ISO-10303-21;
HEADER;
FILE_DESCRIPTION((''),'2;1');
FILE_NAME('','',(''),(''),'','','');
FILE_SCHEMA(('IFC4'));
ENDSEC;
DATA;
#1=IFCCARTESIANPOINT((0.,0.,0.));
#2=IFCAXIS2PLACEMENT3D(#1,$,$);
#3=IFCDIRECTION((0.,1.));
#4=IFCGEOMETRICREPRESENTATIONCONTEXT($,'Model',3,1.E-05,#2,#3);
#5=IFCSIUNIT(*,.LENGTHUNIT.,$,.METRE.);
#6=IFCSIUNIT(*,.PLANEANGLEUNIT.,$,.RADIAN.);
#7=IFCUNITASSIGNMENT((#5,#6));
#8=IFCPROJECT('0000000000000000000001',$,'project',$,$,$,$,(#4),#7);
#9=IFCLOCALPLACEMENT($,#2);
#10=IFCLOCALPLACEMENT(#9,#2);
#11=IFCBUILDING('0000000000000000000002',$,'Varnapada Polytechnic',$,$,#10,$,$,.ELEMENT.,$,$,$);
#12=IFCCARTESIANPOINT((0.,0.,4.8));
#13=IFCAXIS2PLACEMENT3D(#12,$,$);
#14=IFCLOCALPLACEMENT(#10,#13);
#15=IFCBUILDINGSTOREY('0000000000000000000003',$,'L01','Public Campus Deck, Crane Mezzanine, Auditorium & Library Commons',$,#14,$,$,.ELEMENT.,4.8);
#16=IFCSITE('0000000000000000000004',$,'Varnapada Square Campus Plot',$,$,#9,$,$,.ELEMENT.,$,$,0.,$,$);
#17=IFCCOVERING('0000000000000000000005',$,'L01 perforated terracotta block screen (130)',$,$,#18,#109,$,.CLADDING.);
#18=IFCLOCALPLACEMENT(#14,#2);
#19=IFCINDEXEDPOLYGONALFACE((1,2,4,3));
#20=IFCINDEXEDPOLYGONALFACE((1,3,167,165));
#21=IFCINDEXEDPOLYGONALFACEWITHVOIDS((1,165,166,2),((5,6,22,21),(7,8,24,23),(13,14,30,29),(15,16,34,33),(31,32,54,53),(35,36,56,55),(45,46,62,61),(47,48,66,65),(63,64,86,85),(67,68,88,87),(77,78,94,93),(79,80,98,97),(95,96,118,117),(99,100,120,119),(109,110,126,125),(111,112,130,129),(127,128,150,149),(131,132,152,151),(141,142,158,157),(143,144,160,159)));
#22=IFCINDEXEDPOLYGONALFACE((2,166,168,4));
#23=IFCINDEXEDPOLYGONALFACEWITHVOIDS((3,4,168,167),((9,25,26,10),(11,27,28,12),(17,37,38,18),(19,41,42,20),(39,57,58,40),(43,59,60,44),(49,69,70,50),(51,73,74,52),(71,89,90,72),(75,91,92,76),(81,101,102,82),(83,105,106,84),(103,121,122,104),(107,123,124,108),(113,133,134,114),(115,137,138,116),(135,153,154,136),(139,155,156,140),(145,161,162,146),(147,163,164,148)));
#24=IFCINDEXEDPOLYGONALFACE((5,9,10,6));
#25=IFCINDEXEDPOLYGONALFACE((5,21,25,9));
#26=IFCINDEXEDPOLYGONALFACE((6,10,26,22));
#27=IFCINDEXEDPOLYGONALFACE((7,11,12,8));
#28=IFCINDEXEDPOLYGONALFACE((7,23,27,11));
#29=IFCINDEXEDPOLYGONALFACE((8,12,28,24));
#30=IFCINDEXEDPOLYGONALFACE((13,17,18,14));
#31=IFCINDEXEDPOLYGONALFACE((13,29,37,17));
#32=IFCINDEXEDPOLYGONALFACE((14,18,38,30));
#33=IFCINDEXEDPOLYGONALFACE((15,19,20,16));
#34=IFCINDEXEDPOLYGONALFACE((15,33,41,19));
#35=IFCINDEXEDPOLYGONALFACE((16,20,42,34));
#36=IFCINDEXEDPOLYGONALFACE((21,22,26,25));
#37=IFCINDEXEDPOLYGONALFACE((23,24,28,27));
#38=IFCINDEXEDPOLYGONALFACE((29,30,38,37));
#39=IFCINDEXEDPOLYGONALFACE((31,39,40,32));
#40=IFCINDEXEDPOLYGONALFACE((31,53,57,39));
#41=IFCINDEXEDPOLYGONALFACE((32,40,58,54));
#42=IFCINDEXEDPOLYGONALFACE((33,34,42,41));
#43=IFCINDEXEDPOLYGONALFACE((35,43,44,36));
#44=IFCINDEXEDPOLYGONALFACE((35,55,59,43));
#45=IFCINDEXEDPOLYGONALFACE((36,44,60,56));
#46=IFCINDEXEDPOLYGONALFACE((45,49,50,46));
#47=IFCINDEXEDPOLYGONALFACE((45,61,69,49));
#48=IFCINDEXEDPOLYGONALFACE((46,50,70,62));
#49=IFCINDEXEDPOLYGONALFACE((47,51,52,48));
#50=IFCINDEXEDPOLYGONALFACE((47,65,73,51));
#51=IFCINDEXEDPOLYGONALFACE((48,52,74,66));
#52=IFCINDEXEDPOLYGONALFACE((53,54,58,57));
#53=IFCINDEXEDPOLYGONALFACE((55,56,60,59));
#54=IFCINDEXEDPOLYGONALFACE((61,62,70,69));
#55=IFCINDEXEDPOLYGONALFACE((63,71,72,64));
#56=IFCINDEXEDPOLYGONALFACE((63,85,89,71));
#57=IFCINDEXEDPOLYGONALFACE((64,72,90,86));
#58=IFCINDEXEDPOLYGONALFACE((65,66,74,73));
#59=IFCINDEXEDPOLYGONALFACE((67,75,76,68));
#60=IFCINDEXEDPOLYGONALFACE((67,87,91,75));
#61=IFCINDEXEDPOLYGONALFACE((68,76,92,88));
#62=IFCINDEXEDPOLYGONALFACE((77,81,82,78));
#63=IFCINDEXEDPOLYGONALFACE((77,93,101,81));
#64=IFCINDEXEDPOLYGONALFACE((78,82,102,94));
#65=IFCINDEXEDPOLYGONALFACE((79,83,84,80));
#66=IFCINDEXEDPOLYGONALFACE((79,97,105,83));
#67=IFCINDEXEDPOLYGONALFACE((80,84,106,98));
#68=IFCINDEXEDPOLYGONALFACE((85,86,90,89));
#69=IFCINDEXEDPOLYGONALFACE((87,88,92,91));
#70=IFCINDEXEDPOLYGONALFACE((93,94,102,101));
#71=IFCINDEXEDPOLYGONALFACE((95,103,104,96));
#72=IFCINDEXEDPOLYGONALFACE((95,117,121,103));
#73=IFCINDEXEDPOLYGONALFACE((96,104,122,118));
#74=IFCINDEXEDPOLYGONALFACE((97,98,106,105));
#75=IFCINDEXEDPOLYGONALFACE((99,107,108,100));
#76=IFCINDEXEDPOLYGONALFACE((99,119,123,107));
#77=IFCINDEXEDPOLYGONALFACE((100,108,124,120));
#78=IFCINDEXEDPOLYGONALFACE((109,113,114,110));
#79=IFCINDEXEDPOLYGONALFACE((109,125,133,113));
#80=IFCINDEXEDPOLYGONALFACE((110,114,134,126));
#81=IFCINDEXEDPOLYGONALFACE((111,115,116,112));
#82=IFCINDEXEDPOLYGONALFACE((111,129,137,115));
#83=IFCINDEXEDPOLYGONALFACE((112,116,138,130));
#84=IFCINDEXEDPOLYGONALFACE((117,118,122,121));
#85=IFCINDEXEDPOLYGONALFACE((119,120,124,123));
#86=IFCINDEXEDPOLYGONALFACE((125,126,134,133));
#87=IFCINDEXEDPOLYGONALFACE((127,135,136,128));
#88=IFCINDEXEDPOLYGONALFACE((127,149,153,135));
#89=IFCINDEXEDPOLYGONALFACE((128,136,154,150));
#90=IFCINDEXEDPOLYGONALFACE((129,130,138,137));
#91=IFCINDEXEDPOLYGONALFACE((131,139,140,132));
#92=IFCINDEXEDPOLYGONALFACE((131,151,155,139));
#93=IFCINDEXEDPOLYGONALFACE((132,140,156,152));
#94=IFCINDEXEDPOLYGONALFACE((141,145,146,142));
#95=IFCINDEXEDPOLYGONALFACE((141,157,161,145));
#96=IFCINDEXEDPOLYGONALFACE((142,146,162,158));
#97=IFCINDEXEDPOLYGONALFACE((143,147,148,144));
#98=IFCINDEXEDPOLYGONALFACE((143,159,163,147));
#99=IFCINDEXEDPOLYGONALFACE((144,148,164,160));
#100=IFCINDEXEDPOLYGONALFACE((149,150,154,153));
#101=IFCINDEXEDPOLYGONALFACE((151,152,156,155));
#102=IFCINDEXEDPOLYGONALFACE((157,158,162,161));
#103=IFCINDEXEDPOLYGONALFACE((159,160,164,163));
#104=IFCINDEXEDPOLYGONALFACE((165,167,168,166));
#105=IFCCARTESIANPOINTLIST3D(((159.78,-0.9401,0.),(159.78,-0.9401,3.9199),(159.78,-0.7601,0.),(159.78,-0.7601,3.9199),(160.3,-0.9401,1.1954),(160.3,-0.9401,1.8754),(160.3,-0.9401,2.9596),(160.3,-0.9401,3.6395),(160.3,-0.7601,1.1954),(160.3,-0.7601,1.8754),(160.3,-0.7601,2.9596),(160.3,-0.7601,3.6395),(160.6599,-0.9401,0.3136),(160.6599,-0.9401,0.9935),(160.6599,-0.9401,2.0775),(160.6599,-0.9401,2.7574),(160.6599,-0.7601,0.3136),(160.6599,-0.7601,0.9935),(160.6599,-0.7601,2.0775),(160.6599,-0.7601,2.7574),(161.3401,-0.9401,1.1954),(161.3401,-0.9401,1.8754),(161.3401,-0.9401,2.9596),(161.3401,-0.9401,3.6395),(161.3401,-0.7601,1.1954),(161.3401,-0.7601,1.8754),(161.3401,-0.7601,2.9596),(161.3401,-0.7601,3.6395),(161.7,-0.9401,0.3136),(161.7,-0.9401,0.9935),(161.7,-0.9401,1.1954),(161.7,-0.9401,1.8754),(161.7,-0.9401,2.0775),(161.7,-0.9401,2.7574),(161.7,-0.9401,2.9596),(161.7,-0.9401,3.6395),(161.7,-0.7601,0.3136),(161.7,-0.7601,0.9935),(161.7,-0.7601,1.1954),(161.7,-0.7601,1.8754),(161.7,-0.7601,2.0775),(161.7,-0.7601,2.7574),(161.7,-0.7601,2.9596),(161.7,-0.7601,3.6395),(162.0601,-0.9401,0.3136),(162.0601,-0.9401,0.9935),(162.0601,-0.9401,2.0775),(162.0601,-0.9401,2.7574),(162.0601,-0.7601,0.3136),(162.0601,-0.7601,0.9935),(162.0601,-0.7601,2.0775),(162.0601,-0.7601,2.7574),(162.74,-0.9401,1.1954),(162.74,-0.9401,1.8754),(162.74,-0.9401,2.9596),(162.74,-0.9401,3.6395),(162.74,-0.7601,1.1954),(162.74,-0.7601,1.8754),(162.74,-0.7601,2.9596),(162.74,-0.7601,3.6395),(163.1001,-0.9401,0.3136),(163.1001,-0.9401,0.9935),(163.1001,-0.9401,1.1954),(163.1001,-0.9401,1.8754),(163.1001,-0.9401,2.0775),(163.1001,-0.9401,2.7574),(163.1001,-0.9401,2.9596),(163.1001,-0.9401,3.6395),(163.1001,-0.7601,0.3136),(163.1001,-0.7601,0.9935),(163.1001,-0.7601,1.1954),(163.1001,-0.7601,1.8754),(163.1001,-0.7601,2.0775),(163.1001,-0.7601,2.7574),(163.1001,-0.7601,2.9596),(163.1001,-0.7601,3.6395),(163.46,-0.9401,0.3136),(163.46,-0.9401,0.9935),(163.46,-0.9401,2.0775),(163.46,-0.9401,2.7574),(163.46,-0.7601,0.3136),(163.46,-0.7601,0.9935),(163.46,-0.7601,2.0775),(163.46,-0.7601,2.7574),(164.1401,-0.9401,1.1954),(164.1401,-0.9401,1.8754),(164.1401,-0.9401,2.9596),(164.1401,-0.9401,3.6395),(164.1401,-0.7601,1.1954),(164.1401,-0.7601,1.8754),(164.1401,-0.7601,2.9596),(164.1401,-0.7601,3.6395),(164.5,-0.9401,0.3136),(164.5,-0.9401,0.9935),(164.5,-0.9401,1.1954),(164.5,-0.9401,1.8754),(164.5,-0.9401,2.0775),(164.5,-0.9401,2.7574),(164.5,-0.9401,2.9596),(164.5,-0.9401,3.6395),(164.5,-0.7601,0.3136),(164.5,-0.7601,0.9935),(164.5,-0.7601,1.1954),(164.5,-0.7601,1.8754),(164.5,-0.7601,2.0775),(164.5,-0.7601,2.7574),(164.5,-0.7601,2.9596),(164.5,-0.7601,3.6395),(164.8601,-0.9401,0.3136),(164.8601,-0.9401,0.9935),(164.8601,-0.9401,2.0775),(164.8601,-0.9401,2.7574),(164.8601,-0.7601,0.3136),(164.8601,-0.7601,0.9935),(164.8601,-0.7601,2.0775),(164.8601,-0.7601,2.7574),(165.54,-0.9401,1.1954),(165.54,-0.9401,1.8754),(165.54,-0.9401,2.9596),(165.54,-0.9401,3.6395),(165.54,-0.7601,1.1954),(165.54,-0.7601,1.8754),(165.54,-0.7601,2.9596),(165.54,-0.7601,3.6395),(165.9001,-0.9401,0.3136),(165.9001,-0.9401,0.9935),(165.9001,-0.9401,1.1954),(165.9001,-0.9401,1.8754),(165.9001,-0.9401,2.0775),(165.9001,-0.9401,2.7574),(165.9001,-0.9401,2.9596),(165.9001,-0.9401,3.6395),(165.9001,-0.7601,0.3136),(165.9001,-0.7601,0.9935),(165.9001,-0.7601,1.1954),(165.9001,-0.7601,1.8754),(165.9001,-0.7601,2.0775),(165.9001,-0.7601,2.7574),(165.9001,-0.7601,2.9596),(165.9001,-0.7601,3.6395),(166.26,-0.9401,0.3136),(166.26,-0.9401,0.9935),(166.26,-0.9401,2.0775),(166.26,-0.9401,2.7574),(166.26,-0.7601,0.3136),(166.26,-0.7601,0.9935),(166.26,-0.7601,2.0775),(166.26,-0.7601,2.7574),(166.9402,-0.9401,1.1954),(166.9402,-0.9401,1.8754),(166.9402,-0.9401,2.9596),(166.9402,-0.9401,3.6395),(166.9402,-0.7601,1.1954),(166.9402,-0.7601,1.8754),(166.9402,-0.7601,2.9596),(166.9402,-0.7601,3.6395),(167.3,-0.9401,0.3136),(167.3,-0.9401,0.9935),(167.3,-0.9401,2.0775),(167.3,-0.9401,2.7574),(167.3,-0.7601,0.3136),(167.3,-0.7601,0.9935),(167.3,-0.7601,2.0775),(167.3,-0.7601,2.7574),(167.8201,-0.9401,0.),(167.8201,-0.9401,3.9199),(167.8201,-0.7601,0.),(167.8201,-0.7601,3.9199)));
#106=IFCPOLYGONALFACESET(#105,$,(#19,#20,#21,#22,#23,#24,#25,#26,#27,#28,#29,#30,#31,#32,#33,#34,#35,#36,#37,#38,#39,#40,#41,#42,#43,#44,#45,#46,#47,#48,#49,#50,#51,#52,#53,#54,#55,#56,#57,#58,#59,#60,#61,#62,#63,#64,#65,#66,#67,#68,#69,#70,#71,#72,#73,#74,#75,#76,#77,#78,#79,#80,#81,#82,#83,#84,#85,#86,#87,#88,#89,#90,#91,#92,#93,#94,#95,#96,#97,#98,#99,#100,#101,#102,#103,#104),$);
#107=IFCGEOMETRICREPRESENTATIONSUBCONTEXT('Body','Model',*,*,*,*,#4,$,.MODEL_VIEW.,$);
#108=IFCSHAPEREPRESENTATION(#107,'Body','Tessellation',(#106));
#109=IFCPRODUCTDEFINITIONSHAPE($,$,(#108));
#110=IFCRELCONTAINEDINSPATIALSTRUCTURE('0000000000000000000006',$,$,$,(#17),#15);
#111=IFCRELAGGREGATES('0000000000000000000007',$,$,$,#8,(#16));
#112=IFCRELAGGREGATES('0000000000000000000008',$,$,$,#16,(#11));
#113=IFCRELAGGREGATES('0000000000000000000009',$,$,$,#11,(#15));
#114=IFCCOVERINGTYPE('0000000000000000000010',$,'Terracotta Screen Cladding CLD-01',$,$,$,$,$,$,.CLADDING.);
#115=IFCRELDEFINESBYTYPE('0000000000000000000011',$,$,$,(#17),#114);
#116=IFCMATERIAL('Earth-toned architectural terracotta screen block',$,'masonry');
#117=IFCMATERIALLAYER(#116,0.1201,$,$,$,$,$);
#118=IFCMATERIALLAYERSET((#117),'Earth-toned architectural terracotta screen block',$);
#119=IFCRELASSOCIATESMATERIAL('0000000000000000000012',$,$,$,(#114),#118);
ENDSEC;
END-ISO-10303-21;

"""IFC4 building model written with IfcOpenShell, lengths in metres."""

from ifc_helpers import new_model, si_unit, direction, frame, frame_2d, origin, place, context, subcontext, project, spatial, rectangle, extrude, material, layer, layer_set, type_object, element, save


model = new_model("IFC4")

# Units and contexts
model_context = context("Model", 3, precision=1e-05, world=origin(), true_north=direction((0.0, 1.0)))
body_context = subcontext(model_context, "Body", "Model", "MODEL_VIEW")
ifc_project = project(units=[si_unit("LENGTHUNIT", "METRE"), si_unit("PLANEANGLEUNIT", "RADIAN")], contexts=[model_context])

# Site, building, storey
site_placement = place(None, origin())
site = spatial("IfcSite", under=ifc_project, at=site_placement, Name="Varnapada Square Campus Plot", CompositionType="ELEMENT", RefElevation=0.0)
building_placement = place(site_placement, origin())
building = spatial("IfcBuilding", under=site, at=building_placement, Name="Varnapada Polytechnic", CompositionType="ELEMENT")
storey_placement = place(building_placement, frame((0.0, 0.0, 4.8)))
storey = spatial("IfcBuildingStorey", under=building, at=storey_placement, Name="L01", Description="Public Campus Deck, Crane Mezzanine, Auditorium & Library Commons", CompositionType="ELEMENT", Elevation=4.8)

# Covering, openings
ifc_material_1 = material(Name="Earth-toned architectural terracotta screen block", Category="masonry")
ifc_layer_1 = layer(ifc_material_1, 0.1201)
ifc_layer_set_1 = layer_set([ifc_layer_1], Name="Earth-toned architectural terracotta screen block")
covering_type = type_object("IfcCoveringType", Name="Terracotta Screen Cladding CLD-01", PredefinedType="CLADDING", material=ifc_layer_set_1)
covering_placement = place(storey_placement, frame((167.8201, -0.8501, 0.0), z_axis=(0.0, 0.0, 1.0), x_axis=(-1.0, 0.0, 0.0)))
covering = element("IfcCovering", 1, at=covering_placement, inside=storey, type_object=covering_type, Name="L01 perforated terracotta block screen (130)", PredefinedType="CLADDING", context=body_context, shape_type="SweptSolid", body=[
    extrude(rectangle(XDim=8.04, YDim=0.1799, at=frame_2d((4.02, 0.0))), origin(), (0.0, 0.0, 1.0), 3.9199),
])
opening_1_placement = place(covering_placement, frame((0.52, 0.0, 0.3137)))
element("IfcOpeningElement", 2, at=opening_1_placement, cuts=covering, PredefinedType="OPENING", context=body_context, shape_type="SweptSolid", body=[
    extrude(rectangle(XDim=1.04, YDim=0.6799, at=frame_2d((0.52, 0.3398))), frame((0.0, 0.0999, 0.0), z_axis=(0.0, -1.0, 0.0), x_axis=(1.0, 0.0, 0.0)), (0.0, 0.0, 1.0), 0.2),
])
opening_2_placement = place(covering_placement, frame((1.9199, 0.0, 0.3137)))
element("IfcOpeningElement", 3, at=opening_2_placement, cuts=covering, PredefinedType="OPENING", context=body_context, shape_type="SweptSolid", body=[
    extrude(rectangle(XDim=1.04, YDim=0.6799, at=frame_2d((0.52, 0.3398))), frame((0.0, 0.0999, 0.0), z_axis=(0.0, -1.0, 0.0), x_axis=(1.0, 0.0, 0.0)), (0.0, 0.0, 1.0), 0.2),
])
opening_3_placement = place(covering_placement, frame((3.3201, 0.0, 0.3137)))
element("IfcOpeningElement", 4, at=opening_3_placement, cuts=covering, PredefinedType="OPENING", context=body_context, shape_type="SweptSolid", body=[
    extrude(rectangle(XDim=1.04, YDim=0.6799, at=frame_2d((0.52, 0.3398))), frame((0.0, 0.0999, 0.0), z_axis=(0.0, -1.0, 0.0), x_axis=(1.0, 0.0, 0.0)), (0.0, 0.0, 1.0), 0.2),
])
opening_4_placement = place(covering_placement, frame((4.72, 0.0, 0.3137)))
element("IfcOpeningElement", 5, at=opening_4_placement, cuts=covering, PredefinedType="OPENING", context=body_context, shape_type="SweptSolid", body=[
    extrude(rectangle(XDim=1.04, YDim=0.6799, at=frame_2d((0.52, 0.3398))), frame((0.0, 0.0999, 0.0), z_axis=(0.0, -1.0, 0.0), x_axis=(1.0, 0.0, 0.0)), (0.0, 0.0, 1.0), 0.2),
])
opening_5_placement = place(covering_placement, frame((6.1201, 0.0, 0.3137)))
element("IfcOpeningElement", 6, at=opening_5_placement, cuts=covering, PredefinedType="OPENING", context=body_context, shape_type="SweptSolid", body=[
    extrude(rectangle(XDim=1.04, YDim=0.6799, at=frame_2d((0.52, 0.3398))), frame((0.0, 0.0999, 0.0), z_axis=(0.0, -1.0, 0.0), x_axis=(1.0, 0.0, 0.0)), (0.0, 0.0, 1.0), 0.2),
])
opening_6_placement = place(covering_placement, frame((0.8799, 0.0, 1.1956)))
element("IfcOpeningElement", 7, at=opening_6_placement, cuts=covering, PredefinedType="OPENING", context=body_context, shape_type="SweptSolid", body=[
    extrude(rectangle(XDim=1.04, YDim=0.6799, at=frame_2d((0.52, 0.3398))), frame((0.0, 0.0999, 0.0), z_axis=(0.0, -1.0, 0.0), x_axis=(1.0, 0.0, 0.0)), (0.0, 0.0, 1.0), 0.2),
])
opening_7_placement = place(covering_placement, frame((2.28, 0.0, 1.1956)))
element("IfcOpeningElement", 8, at=opening_7_placement, cuts=covering, PredefinedType="OPENING", context=body_context, shape_type="SweptSolid", body=[
    extrude(rectangle(XDim=1.04, YDim=0.6799, at=frame_2d((0.52, 0.3398))), frame((0.0, 0.0999, 0.0), z_axis=(0.0, -1.0, 0.0), x_axis=(1.0, 0.0, 0.0)), (0.0, 0.0, 1.0), 0.2),
])
opening_8_placement = place(covering_placement, frame((3.6799, 0.0, 1.1956)))
element("IfcOpeningElement", 9, at=opening_8_placement, cuts=covering, PredefinedType="OPENING", context=body_context, shape_type="SweptSolid", body=[
    extrude(rectangle(XDim=1.04, YDim=0.6799, at=frame_2d((0.52, 0.3398))), frame((0.0, 0.0999, 0.0), z_axis=(0.0, -1.0, 0.0), x_axis=(1.0, 0.0, 0.0)), (0.0, 0.0, 1.0), 0.2),
])
opening_9_placement = place(covering_placement, frame((5.0801, 0.0, 1.1956)))
element("IfcOpeningElement", 10, at=opening_9_placement, cuts=covering, PredefinedType="OPENING", context=body_context, shape_type="SweptSolid", body=[
    extrude(rectangle(XDim=1.04, YDim=0.6799, at=frame_2d((0.52, 0.3398))), frame((0.0, 0.0999, 0.0), z_axis=(0.0, -1.0, 0.0), x_axis=(1.0, 0.0, 0.0)), (0.0, 0.0, 1.0), 0.2),
])
opening_10_placement = place(covering_placement, frame((6.48, 0.0, 1.1956)))
element("IfcOpeningElement", 11, at=opening_10_placement, cuts=covering, PredefinedType="OPENING", context=body_context, shape_type="SweptSolid", body=[
    extrude(rectangle(XDim=1.04, YDim=0.6799, at=frame_2d((0.52, 0.3398))), frame((0.0, 0.0999, 0.0), z_axis=(0.0, -1.0, 0.0), x_axis=(1.0, 0.0, 0.0)), (0.0, 0.0, 1.0), 0.2),
])
opening_11_placement = place(covering_placement, frame((0.52, 0.0, 2.0776)))
element("IfcOpeningElement", 12, at=opening_11_placement, cuts=covering, PredefinedType="OPENING", context=body_context, shape_type="SweptSolid", body=[
    extrude(rectangle(XDim=1.04, YDim=0.6799, at=frame_2d((0.52, 0.3398))), frame((0.0, 0.0999, 0.0), z_axis=(0.0, -1.0, 0.0), x_axis=(1.0, 0.0, 0.0)), (0.0, 0.0, 1.0), 0.2),
])
opening_12_placement = place(covering_placement, frame((1.9199, 0.0, 2.0776)))
element("IfcOpeningElement", 13, at=opening_12_placement, cuts=covering, PredefinedType="OPENING", context=body_context, shape_type="SweptSolid", body=[
    extrude(rectangle(XDim=1.04, YDim=0.6799, at=frame_2d((0.52, 0.3398))), frame((0.0, 0.0999, 0.0), z_axis=(0.0, -1.0, 0.0), x_axis=(1.0, 0.0, 0.0)), (0.0, 0.0, 1.0), 0.2),
])
opening_13_placement = place(covering_placement, frame((3.3201, 0.0, 2.0776)))
element("IfcOpeningElement", 14, at=opening_13_placement, cuts=covering, PredefinedType="OPENING", context=body_context, shape_type="SweptSolid", body=[
    extrude(rectangle(XDim=1.04, YDim=0.6799, at=frame_2d((0.52, 0.3398))), frame((0.0, 0.0999, 0.0), z_axis=(0.0, -1.0, 0.0), x_axis=(1.0, 0.0, 0.0)), (0.0, 0.0, 1.0), 0.2),
])
opening_14_placement = place(covering_placement, frame((4.72, 0.0, 2.0776)))
element("IfcOpeningElement", 15, at=opening_14_placement, cuts=covering, PredefinedType="OPENING", context=body_context, shape_type="SweptSolid", body=[
    extrude(rectangle(XDim=1.04, YDim=0.6799, at=frame_2d((0.52, 0.3398))), frame((0.0, 0.0999, 0.0), z_axis=(0.0, -1.0, 0.0), x_axis=(1.0, 0.0, 0.0)), (0.0, 0.0, 1.0), 0.2),
])
opening_15_placement = place(covering_placement, frame((6.1201, 0.0, 2.0776)))
element("IfcOpeningElement", 16, at=opening_15_placement, cuts=covering, PredefinedType="OPENING", context=body_context, shape_type="SweptSolid", body=[
    extrude(rectangle(XDim=1.04, YDim=0.6799, at=frame_2d((0.52, 0.3398))), frame((0.0, 0.0999, 0.0), z_axis=(0.0, -1.0, 0.0), x_axis=(1.0, 0.0, 0.0)), (0.0, 0.0, 1.0), 0.2),
])
opening_16_placement = place(covering_placement, frame((0.8799, 0.0, 2.9597)))
element("IfcOpeningElement", 17, at=opening_16_placement, cuts=covering, PredefinedType="OPENING", context=body_context, shape_type="SweptSolid", body=[
    extrude(rectangle(XDim=1.04, YDim=0.6799, at=frame_2d((0.52, 0.3398))), frame((0.0, 0.0999, 0.0), z_axis=(0.0, -1.0, 0.0), x_axis=(1.0, 0.0, 0.0)), (0.0, 0.0, 1.0), 0.2),
])
opening_17_placement = place(covering_placement, frame((2.28, 0.0, 2.9597)))
element("IfcOpeningElement", 18, at=opening_17_placement, cuts=covering, PredefinedType="OPENING", context=body_context, shape_type="SweptSolid", body=[
    extrude(rectangle(XDim=1.04, YDim=0.6799, at=frame_2d((0.52, 0.3398))), frame((0.0, 0.0999, 0.0), z_axis=(0.0, -1.0, 0.0), x_axis=(1.0, 0.0, 0.0)), (0.0, 0.0, 1.0), 0.2),
])
opening_18_placement = place(covering_placement, frame((3.6799, 0.0, 2.9597)))
element("IfcOpeningElement", 19, at=opening_18_placement, cuts=covering, PredefinedType="OPENING", context=body_context, shape_type="SweptSolid", body=[
    extrude(rectangle(XDim=1.04, YDim=0.6799, at=frame_2d((0.52, 0.3398))), frame((0.0, 0.0999, 0.0), z_axis=(0.0, -1.0, 0.0), x_axis=(1.0, 0.0, 0.0)), (0.0, 0.0, 1.0), 0.2),
])
opening_19_placement = place(covering_placement, frame((5.0801, 0.0, 2.9597)))
element("IfcOpeningElement", 20, at=opening_19_placement, cuts=covering, PredefinedType="OPENING", context=body_context, shape_type="SweptSolid", body=[
    extrude(rectangle(XDim=1.04, YDim=0.6799, at=frame_2d((0.52, 0.3398))), frame((0.0, 0.0999, 0.0), z_axis=(0.0, -1.0, 0.0), x_axis=(1.0, 0.0, 0.0)), (0.0, 0.0, 1.0), 0.2),
])
opening_20_placement = place(covering_placement, frame((6.48, 0.0, 2.9597)))
element("IfcOpeningElement", 21, at=opening_20_placement, cuts=covering, PredefinedType="OPENING", context=body_context, shape_type="SweptSolid", body=[
    extrude(rectangle(XDim=1.04, YDim=0.6799, at=frame_2d((0.52, 0.3398))), frame((0.0, 0.0999, 0.0), z_axis=(0.0, -1.0, 0.0), x_axis=(1.0, 0.0, 0.0)), (0.0, 0.0, 1.0), 0.2),
])

save(model, "model.ifc")
